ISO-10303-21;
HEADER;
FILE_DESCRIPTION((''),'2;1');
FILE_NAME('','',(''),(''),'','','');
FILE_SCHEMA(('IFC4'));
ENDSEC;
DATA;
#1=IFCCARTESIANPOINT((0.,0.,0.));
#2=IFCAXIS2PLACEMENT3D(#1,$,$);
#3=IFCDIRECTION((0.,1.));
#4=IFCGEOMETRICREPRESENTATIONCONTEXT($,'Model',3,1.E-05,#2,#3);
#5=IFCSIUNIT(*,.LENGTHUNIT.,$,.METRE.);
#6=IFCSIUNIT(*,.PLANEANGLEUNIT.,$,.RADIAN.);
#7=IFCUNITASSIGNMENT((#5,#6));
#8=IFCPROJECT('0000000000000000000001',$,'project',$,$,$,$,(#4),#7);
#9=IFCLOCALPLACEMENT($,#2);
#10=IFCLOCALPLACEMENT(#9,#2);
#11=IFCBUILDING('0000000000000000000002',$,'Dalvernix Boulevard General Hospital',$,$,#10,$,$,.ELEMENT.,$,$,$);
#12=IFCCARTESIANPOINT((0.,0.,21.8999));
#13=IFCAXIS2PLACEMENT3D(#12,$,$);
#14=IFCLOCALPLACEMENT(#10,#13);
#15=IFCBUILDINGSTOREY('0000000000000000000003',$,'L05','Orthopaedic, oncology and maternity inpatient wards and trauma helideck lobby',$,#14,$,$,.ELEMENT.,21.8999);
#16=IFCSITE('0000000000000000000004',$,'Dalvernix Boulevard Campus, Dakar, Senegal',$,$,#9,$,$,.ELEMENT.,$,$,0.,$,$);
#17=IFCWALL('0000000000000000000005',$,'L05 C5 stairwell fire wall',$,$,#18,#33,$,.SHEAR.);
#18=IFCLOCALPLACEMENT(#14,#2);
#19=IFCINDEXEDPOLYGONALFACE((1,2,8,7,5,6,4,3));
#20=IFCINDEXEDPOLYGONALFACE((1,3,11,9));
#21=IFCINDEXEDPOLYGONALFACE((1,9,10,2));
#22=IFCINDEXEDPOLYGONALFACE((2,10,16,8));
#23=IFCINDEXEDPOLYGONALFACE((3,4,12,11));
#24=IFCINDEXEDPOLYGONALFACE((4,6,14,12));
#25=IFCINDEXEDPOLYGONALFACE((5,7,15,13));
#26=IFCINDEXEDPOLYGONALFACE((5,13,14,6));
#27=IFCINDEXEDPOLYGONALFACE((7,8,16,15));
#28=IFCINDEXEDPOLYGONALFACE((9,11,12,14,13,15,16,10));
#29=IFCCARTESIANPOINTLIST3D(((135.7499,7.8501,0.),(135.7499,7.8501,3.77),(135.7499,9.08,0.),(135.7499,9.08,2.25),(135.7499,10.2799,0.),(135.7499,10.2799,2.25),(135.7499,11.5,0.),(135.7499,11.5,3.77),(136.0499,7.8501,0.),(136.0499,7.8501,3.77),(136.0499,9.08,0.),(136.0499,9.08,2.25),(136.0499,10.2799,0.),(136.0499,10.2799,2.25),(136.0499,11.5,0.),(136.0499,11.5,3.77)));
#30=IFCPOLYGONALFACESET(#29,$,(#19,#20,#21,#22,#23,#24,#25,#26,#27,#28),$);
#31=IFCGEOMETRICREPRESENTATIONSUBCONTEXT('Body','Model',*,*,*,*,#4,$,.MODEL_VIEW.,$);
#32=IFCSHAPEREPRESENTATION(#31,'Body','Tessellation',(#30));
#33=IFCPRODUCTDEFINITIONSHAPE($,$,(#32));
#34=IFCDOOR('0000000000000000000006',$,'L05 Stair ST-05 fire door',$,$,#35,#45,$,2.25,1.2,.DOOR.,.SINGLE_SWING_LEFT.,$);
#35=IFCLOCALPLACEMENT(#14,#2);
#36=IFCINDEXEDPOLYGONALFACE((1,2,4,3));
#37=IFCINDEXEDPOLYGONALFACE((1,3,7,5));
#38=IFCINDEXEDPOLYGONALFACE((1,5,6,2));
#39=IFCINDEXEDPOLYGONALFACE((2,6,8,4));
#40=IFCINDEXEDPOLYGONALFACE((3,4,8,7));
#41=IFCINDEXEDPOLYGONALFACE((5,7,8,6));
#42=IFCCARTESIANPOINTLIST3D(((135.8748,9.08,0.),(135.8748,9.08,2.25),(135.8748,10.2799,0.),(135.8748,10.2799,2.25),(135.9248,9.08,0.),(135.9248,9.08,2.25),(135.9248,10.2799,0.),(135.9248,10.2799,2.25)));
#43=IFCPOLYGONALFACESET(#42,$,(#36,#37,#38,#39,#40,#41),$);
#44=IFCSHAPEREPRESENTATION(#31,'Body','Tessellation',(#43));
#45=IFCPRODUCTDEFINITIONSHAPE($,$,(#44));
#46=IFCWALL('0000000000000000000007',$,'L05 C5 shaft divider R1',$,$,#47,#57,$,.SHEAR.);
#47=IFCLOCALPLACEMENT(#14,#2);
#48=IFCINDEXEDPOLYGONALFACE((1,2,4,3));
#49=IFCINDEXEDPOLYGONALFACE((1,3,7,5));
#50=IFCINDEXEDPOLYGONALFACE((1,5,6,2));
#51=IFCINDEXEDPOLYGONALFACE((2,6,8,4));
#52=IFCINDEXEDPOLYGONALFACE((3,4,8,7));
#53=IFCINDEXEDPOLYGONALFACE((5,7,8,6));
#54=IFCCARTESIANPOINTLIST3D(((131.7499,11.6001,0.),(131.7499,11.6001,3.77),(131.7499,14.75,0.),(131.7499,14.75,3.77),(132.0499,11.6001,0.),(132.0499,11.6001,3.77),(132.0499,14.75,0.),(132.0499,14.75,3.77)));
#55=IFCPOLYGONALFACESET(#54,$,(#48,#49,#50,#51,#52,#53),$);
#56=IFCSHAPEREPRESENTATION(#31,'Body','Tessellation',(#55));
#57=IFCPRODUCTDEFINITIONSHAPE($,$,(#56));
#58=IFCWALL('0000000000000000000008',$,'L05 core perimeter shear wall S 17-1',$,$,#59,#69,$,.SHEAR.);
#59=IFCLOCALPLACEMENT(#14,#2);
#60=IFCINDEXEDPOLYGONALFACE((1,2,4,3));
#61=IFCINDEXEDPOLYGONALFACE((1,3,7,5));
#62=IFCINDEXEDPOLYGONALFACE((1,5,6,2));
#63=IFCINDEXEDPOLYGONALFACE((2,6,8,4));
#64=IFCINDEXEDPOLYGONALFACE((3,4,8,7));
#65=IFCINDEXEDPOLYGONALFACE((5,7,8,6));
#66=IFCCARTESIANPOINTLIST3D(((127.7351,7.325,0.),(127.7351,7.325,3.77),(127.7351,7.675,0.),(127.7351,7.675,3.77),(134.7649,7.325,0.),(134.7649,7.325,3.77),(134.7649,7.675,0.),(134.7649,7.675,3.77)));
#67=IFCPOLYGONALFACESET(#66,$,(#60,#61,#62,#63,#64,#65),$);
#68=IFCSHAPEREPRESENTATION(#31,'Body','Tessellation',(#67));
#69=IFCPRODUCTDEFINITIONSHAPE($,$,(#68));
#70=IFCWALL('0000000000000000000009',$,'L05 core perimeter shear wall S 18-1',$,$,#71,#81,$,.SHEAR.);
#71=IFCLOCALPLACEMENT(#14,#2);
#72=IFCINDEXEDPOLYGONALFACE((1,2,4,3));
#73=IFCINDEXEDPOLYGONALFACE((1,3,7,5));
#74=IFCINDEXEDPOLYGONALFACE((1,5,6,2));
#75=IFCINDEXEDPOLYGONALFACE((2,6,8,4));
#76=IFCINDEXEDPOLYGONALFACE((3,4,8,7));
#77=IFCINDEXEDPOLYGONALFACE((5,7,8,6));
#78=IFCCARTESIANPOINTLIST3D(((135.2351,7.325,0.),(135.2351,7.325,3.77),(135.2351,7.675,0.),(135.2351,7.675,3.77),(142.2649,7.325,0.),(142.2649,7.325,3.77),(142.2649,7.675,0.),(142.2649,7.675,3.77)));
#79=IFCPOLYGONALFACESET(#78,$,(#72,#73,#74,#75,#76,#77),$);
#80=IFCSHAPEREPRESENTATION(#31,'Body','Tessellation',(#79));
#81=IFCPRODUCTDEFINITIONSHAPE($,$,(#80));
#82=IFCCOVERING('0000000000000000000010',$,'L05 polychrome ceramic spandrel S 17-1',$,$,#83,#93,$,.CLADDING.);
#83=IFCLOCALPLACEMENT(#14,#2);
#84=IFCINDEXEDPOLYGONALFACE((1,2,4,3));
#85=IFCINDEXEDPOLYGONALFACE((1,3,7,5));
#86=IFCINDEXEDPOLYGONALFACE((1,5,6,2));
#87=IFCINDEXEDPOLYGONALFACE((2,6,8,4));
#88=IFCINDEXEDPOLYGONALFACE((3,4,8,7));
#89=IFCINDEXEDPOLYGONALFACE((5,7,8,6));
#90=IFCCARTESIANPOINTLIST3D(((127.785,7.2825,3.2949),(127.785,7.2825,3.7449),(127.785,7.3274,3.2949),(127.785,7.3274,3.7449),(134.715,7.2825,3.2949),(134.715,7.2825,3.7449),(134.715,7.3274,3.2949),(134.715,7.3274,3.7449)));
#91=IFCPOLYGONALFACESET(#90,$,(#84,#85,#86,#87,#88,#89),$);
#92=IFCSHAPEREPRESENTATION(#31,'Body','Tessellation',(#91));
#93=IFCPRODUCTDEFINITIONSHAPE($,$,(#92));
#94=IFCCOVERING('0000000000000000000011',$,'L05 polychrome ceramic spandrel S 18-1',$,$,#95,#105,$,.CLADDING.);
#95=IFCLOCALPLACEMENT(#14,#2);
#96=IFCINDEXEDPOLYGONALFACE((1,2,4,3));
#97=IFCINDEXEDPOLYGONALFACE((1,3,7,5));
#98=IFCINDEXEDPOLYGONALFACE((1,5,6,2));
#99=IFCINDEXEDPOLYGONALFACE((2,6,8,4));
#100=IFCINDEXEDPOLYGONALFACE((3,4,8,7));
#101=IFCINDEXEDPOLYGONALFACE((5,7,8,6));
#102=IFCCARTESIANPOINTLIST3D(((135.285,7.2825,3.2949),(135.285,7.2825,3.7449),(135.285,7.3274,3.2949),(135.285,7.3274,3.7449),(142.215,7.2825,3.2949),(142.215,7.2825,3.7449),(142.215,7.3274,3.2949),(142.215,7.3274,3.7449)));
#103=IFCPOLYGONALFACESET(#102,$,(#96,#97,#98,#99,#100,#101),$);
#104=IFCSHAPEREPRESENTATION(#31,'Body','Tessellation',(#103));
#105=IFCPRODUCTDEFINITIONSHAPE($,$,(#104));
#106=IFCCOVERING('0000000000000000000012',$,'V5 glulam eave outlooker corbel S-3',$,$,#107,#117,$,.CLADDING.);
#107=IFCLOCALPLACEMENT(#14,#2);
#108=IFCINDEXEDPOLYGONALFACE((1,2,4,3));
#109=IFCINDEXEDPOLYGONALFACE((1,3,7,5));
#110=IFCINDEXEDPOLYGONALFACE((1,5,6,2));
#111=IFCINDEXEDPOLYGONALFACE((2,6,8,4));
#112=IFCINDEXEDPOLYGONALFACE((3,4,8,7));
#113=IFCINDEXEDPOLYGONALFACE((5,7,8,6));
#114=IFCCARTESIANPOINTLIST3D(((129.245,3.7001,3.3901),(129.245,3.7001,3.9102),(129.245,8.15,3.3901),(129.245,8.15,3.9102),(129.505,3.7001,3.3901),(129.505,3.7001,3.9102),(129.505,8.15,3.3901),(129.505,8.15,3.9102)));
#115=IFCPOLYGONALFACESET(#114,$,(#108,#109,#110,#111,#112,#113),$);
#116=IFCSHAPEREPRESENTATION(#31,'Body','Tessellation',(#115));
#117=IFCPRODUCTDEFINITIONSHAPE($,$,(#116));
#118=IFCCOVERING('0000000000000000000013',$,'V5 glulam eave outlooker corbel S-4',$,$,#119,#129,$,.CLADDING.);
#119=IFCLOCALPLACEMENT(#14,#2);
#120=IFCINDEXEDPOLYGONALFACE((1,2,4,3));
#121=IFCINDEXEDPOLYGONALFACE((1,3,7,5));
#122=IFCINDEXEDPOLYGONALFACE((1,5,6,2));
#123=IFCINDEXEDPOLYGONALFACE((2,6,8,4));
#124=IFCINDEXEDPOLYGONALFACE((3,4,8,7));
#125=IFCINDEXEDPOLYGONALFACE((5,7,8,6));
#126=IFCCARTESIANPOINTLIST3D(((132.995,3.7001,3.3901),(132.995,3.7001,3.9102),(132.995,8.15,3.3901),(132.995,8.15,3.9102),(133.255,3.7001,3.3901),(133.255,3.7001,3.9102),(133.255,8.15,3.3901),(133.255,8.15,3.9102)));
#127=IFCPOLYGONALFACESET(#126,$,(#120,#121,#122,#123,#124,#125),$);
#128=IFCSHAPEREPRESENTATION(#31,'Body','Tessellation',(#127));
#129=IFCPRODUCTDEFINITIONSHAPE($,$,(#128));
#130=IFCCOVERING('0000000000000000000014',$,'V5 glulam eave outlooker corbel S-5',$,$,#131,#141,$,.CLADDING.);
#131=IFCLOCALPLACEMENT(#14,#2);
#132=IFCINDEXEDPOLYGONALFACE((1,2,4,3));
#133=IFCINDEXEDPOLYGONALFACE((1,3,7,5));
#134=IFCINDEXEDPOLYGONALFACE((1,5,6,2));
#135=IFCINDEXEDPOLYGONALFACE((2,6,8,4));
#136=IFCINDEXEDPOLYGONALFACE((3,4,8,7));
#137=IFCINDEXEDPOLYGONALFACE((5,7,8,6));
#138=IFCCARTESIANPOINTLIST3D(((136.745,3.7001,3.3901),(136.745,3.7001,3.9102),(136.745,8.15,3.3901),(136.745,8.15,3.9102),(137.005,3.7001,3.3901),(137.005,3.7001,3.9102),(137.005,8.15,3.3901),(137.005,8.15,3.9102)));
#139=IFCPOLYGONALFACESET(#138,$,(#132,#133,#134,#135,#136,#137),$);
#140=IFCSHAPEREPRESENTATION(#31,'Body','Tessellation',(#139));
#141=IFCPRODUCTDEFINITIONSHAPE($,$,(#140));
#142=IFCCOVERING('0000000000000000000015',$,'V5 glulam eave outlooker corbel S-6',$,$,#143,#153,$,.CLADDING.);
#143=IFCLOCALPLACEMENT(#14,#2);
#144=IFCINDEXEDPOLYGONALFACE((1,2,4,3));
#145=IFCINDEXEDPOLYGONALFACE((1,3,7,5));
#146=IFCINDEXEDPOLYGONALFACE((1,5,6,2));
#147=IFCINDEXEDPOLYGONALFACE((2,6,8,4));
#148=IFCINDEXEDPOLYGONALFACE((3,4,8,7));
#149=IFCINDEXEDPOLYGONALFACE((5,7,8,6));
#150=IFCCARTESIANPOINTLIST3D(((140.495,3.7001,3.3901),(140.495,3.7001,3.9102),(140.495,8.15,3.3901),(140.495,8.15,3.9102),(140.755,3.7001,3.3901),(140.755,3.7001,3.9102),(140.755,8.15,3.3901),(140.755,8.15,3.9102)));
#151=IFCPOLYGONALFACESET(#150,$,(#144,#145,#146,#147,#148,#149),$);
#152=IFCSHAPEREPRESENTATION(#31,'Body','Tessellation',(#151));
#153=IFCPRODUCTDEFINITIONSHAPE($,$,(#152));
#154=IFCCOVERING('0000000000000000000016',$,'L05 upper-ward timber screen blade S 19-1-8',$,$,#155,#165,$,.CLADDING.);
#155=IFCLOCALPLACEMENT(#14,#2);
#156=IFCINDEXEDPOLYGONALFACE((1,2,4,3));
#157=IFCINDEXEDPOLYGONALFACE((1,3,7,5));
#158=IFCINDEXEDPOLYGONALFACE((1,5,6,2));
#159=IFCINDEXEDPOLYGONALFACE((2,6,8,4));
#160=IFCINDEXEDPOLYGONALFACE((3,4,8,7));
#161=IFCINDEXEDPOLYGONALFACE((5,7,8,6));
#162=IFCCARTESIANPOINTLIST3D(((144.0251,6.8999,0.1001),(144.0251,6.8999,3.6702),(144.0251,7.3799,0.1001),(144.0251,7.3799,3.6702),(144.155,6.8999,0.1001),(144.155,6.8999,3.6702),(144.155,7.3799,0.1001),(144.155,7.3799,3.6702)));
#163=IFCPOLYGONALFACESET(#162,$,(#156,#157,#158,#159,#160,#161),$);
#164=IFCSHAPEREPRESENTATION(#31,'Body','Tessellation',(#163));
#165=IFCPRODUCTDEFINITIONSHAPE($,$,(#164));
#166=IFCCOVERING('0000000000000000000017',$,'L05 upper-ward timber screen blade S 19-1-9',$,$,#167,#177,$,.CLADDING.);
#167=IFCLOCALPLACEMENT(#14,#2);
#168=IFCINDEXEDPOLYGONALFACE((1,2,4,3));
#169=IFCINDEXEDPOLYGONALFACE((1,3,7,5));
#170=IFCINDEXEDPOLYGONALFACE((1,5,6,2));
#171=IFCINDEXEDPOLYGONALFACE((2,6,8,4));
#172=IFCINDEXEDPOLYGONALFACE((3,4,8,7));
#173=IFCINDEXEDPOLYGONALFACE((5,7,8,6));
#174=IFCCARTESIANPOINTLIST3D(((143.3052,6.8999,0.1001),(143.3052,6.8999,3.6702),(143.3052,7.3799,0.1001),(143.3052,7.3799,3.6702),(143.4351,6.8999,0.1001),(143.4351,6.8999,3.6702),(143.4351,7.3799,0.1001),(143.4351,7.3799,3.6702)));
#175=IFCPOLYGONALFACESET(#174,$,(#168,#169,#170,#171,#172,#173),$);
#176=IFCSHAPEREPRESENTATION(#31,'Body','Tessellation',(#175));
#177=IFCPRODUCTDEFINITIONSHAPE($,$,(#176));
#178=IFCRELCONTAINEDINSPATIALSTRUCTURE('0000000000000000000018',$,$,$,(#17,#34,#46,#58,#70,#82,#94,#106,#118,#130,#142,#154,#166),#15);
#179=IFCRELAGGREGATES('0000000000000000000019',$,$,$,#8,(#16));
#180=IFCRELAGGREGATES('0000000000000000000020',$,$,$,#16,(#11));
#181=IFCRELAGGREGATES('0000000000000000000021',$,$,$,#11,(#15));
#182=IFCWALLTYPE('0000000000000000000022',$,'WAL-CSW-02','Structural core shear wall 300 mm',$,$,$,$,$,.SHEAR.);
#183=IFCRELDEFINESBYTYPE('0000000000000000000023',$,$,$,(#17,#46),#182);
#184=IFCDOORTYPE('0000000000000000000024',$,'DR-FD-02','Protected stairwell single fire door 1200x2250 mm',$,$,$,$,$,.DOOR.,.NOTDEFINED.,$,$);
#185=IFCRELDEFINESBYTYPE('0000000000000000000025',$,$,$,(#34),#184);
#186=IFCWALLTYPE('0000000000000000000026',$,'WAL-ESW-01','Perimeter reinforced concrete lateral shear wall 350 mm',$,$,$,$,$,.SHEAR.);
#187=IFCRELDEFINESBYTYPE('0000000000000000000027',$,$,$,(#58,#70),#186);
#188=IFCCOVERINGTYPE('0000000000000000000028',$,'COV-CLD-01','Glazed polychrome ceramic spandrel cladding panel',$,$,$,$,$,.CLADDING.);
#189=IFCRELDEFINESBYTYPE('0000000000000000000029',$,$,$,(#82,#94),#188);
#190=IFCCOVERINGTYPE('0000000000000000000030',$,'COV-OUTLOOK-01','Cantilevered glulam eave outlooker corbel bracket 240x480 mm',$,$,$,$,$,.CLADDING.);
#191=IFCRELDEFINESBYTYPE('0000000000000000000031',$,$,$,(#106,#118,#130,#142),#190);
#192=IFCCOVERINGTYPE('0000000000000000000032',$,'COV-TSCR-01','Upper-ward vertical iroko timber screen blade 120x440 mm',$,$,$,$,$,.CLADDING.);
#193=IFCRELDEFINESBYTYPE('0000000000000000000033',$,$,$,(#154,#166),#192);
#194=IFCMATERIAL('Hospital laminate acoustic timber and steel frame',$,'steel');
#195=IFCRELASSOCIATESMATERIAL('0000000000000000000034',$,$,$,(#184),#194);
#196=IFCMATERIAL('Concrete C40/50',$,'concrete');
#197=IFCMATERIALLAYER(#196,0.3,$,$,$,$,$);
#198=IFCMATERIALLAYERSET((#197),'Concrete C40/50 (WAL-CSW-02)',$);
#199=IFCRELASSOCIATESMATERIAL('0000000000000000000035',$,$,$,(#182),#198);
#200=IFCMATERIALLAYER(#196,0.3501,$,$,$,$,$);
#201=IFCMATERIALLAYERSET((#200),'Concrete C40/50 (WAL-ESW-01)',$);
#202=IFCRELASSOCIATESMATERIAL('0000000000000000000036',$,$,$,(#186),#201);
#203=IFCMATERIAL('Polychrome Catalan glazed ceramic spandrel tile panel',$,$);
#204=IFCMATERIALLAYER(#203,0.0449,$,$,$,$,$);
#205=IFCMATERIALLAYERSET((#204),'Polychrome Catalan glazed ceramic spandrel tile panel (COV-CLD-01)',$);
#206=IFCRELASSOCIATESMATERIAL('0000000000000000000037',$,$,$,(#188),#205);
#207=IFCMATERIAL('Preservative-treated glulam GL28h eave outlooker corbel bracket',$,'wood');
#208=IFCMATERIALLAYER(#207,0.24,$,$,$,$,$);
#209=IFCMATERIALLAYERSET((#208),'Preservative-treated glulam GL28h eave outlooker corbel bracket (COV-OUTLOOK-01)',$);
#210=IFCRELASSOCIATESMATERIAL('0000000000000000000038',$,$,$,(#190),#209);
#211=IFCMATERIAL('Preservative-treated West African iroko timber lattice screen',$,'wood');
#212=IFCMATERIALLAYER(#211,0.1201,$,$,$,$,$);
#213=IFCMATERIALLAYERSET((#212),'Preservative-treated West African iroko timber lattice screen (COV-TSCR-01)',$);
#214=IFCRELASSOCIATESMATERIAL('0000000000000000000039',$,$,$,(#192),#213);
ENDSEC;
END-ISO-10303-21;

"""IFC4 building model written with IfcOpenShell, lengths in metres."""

from ifc_helpers import new_model, si_unit, direction, frame, frame_2d, origin, origin_2d, place, context, subcontext, project, spatial, rectangle, extrude, material, layer, layer_set, type_object, element, fill, save


model = new_model("IFC4")

# Units and contexts
model_context = context("Model", 3, precision=1e-05, world=origin(), true_north=direction((0.0, 1.0)))
body_context = subcontext(model_context, "Body", "Model", "MODEL_VIEW")
ifc_project = project(units=[si_unit("LENGTHUNIT", "METRE"), si_unit("PLANEANGLEUNIT", "RADIAN")], contexts=[model_context])

# Site, building, storey
site_placement = place(None, origin())
site = spatial("IfcSite", under=ifc_project, at=site_placement, Name="Dalvernix Boulevard Campus, Dakar, Senegal", CompositionType="ELEMENT", RefElevation=0.0)
building_placement = place(site_placement, origin())
building = spatial("IfcBuilding", under=site, at=building_placement, Name="Dalvernix Boulevard General Hospital", CompositionType="ELEMENT")
storey_placement = place(building_placement, frame((0.0, 0.0, 21.8999)))
storey = spatial("IfcBuildingStorey", under=building, at=storey_placement, Name="L05", Description="Orthopaedic, oncology and maternity inpatient wards and trauma helideck lobby", CompositionType="ELEMENT", Elevation=21.8999)

# Shared definitions
ifc_material_1 = material(Name="Concrete C40/50", Category="concrete")

# Shared definitions
ifc_material_2 = material(Name="Hospital laminate acoustic timber and steel frame", Category="steel")
door_type_1 = type_object("IfcDoorType", Name="DR-FD-02", Description="Protected stairwell single fire door 1200x2250 mm", OperationType="NOTDEFINED", PredefinedType="DOOR", material=ifc_material_2)

# Shared definitions
ifc_layer_1 = layer(ifc_material_1, 0.3)
ifc_layer_set_1 = layer_set([ifc_layer_1], Name="Concrete C40/50 (WAL-CSW-02)")
wall_type_1 = type_object("IfcWallType", Name="WAL-CSW-02", Description="Structural core shear wall 300 mm", PredefinedType="SHEAR", material=ifc_layer_set_1)

# Wall, opening, door
wall_1_placement = place(storey_placement, frame((135.8999, 11.5, 0.0), z_axis=(0.0, 0.0, 1.0), x_axis=(0.0, -1.0, 0.0)))
wall_1 = element("IfcWall", 1, at=wall_1_placement, inside=storey, type_object=wall_type_1, Name="L05 C5 stairwell fire wall", PredefinedType="SHEAR", context=body_context, shape_type="SweptSolid", body=[
    extrude(rectangle(XDim=3.6499, YDim=0.3, at=frame_2d((1.825, 0.0))), origin(), (0.0, 0.0, 1.0), 3.77),
])
opening_1_placement = place(wall_1_placement, frame((1.22, 0.0, 0.0)))
opening_1 = element("IfcOpeningElement", 2, at=opening_1_placement, cuts=wall_1, PredefinedType="OPENING", context=body_context, shape_type="SweptSolid", body=[
    extrude(rectangle(XDim=1.2, YDim=2.25, at=frame_2d((0.6001, 1.125))), frame((0.0, 0.1599, 0.0), z_axis=(0.0, -1.0, 0.0), x_axis=(1.0, 0.0, 0.0)), (0.0, 0.0, 1.0), 0.3201),
])
door_1_placement = place(opening_1_placement, origin())
door_1 = element("IfcDoor", 3, at=door_1_placement, inside=storey, type_object=door_type_1, Name="L05 Stair ST-05 fire door", OperationType="SINGLE_SWING_LEFT", OverallHeight=2.25, OverallWidth=1.2, PredefinedType="DOOR", context=body_context, shape_type="SweptSolid", body=[
    extrude(rectangle(XDim=1.2, YDim=2.25, at=frame_2d((0.6001, 1.125))), frame((0.0, 0.0249, 0.0), z_axis=(0.0, -1.0, 0.0), x_axis=(1.0, 0.0, 0.0)), (0.0, 0.0, 1.0), 0.05),
])
fill(opening_1, door_1)

# Walls
wall_2_placement = place(storey_placement, frame((131.8999, 11.6001, 0.0), z_axis=(0.0, 0.0, 1.0), x_axis=(0.0, 1.0, 0.0)))
element("IfcWall", 4, at=wall_2_placement, inside=storey, type_object=wall_type_1, Name="L05 C5 shaft divider R1", PredefinedType="SHEAR", context=body_context, shape_type="SweptSolid", body=[
    extrude(rectangle(XDim=3.1499, YDim=0.3, at=frame_2d((1.575, 0.0))), origin(), (0.0, 0.0, 1.0), 3.77),
])
ifc_layer_2 = layer(ifc_material_1, 0.3501)
ifc_layer_set_2 = layer_set([ifc_layer_2], Name="Concrete C40/50 (WAL-ESW-01)")
wall_type_2 = type_object("IfcWallType", Name="WAL-ESW-01", Description="Perimeter reinforced concrete lateral shear wall 350 mm", PredefinedType="SHEAR", material=ifc_layer_set_2)
for number, where, z_axis, x_axis, name in (
    (5, (134.7649, 7.5, 0.0), (0.0, 0.0, 1.0), (-1.0, 0.0, 0.0), "L05 core perimeter shear wall S 17-1"),
    (6, (142.2649, 7.5, 0.0), (0.0, 0.0, 1.0), (-1.0, 0.0, 0.0), "L05 core perimeter shear wall S 18-1"),
):
    element("IfcWall", number, at=place(storey_placement, frame(where, z_axis=z_axis, x_axis=x_axis)), inside=storey, type_object=wall_type_2, Name=name, PredefinedType="SHEAR", context=body_context, shape_type="SweptSolid", body=[
        extrude(rectangle(XDim=7.0298, YDim=0.3501, at=frame_2d((3.5149, 0.0))), origin(), (0.0, 0.0, 1.0), 3.77),
    ])

# Coverings
ifc_material_3 = material(Name="Polychrome Catalan glazed ceramic spandrel tile panel")
ifc_layer_3 = layer(ifc_material_3, 0.0449)
ifc_layer_set_3 = layer_set([ifc_layer_3], Name="Polychrome Catalan glazed ceramic spandrel tile panel (COV-CLD-01)")
covering_type_1 = type_object("IfcCoveringType", Name="COV-CLD-01", Description="Glazed polychrome ceramic spandrel cladding panel", PredefinedType="CLADDING", material=ifc_layer_set_3)
for number, where, z_axis, x_axis, name in (
    (7, (131.25, 7.3049, 3.2949), (0.0, 0.0, 1.0), (-1.0, 0.0, 0.0), "L05 polychrome ceramic spandrel S 17-1"),
    (8, (138.75, 7.3049, 3.2949), (0.0, 0.0, 1.0), (-1.0, 0.0, 0.0), "L05 polychrome ceramic spandrel S 18-1"),
):
    element("IfcCovering", number, at=place(storey_placement, frame(where, z_axis=z_axis, x_axis=x_axis)), inside=storey, type_object=covering_type_1, Name=name, PredefinedType="CLADDING", context=body_context, shape_type="SweptSolid", body=[
        extrude(rectangle(XDim=6.9299, YDim=0.0449, at=origin_2d()), origin(), (0.0, 0.0, 1.0), 0.45),
    ])
ifc_material_4 = material(Name="Preservative-treated glulam GL28h eave outlooker corbel bracket", Category="wood")
ifc_layer_4 = layer(ifc_material_4, 0.24)
ifc_layer_set_4 = layer_set([ifc_layer_4], Name="Preservative-treated glulam GL28h eave outlooker corbel bracket (COV-OUTLOOK-01)")
covering_type_2 = type_object("IfcCoveringType", Name="COV-OUTLOOK-01", Description="Cantilevered glulam eave outlooker corbel bracket 240x480 mm", PredefinedType="CLADDING", material=ifc_layer_set_4)
for number, where, z_axis, x_axis, name in (
    (9, (129.375, 5.925, 3.3901), (0.0, 0.0, 1.0), (1.0, 0.0, 0.0), "V5 glulam eave outlooker corbel S-3"),
    (10, (133.125, 5.925, 3.3901), (0.0, 0.0, 1.0), (1.0, 0.0, 0.0), "V5 glulam eave outlooker corbel S-4"),
    (11, (136.875, 5.925, 3.3901), (0.0, 0.0, 1.0), (1.0, 0.0, 0.0), "V5 glulam eave outlooker corbel S-5"),
    (12, (140.625, 5.925, 3.3901), (0.0, 0.0, 1.0), (1.0, 0.0, 0.0), "V5 glulam eave outlooker corbel S-6"),
):
    element("IfcCovering", number, at=place(storey_placement, frame(where, z_axis=z_axis, x_axis=x_axis)), inside=storey, type_object=covering_type_2, Name=name, PredefinedType="CLADDING", context=body_context, shape_type="SweptSolid", body=[
        extrude(rectangle(XDim=0.26, YDim=4.45, at=origin_2d()), origin(), (0.0, 0.0, 1.0), 0.52),
    ])
ifc_material_5 = material(Name="Preservative-treated West African iroko timber lattice screen", Category="wood")
ifc_layer_5 = layer(ifc_material_5, 0.1201)
ifc_layer_set_5 = layer_set([ifc_layer_5], Name="Preservative-treated West African iroko timber lattice screen (COV-TSCR-01)")
covering_type_3 = type_object("IfcCoveringType", Name="COV-TSCR-01", Description="Upper-ward vertical iroko timber screen blade 120x440 mm", PredefinedType="CLADDING", material=ifc_layer_set_5)
for number, where, z_axis, x_axis, name in (
    (13, (144.0901, 7.1399, 0.1001), (0.0, 0.0, 1.0), (-1.0, 0.0, 0.0), "L05 upper-ward timber screen blade S 19-1-8"),
    (14, (143.3701, 7.1399, 0.1001), (0.0, 0.0, 1.0), (-1.0, 0.0, 0.0), "L05 upper-ward timber screen blade S 19-1-9"),
):
    element("IfcCovering", number, at=place(storey_placement, frame(where, z_axis=z_axis, x_axis=x_axis)), inside=storey, type_object=covering_type_3, Name=name, PredefinedType="CLADDING", context=body_context, shape_type="SweptSolid", body=[
        extrude(rectangle(XDim=0.1299, YDim=0.48, at=origin_2d()), origin(), (0.0, 0.0, 1.0), 3.5701),
    ])

save(model, "model.ifc")
